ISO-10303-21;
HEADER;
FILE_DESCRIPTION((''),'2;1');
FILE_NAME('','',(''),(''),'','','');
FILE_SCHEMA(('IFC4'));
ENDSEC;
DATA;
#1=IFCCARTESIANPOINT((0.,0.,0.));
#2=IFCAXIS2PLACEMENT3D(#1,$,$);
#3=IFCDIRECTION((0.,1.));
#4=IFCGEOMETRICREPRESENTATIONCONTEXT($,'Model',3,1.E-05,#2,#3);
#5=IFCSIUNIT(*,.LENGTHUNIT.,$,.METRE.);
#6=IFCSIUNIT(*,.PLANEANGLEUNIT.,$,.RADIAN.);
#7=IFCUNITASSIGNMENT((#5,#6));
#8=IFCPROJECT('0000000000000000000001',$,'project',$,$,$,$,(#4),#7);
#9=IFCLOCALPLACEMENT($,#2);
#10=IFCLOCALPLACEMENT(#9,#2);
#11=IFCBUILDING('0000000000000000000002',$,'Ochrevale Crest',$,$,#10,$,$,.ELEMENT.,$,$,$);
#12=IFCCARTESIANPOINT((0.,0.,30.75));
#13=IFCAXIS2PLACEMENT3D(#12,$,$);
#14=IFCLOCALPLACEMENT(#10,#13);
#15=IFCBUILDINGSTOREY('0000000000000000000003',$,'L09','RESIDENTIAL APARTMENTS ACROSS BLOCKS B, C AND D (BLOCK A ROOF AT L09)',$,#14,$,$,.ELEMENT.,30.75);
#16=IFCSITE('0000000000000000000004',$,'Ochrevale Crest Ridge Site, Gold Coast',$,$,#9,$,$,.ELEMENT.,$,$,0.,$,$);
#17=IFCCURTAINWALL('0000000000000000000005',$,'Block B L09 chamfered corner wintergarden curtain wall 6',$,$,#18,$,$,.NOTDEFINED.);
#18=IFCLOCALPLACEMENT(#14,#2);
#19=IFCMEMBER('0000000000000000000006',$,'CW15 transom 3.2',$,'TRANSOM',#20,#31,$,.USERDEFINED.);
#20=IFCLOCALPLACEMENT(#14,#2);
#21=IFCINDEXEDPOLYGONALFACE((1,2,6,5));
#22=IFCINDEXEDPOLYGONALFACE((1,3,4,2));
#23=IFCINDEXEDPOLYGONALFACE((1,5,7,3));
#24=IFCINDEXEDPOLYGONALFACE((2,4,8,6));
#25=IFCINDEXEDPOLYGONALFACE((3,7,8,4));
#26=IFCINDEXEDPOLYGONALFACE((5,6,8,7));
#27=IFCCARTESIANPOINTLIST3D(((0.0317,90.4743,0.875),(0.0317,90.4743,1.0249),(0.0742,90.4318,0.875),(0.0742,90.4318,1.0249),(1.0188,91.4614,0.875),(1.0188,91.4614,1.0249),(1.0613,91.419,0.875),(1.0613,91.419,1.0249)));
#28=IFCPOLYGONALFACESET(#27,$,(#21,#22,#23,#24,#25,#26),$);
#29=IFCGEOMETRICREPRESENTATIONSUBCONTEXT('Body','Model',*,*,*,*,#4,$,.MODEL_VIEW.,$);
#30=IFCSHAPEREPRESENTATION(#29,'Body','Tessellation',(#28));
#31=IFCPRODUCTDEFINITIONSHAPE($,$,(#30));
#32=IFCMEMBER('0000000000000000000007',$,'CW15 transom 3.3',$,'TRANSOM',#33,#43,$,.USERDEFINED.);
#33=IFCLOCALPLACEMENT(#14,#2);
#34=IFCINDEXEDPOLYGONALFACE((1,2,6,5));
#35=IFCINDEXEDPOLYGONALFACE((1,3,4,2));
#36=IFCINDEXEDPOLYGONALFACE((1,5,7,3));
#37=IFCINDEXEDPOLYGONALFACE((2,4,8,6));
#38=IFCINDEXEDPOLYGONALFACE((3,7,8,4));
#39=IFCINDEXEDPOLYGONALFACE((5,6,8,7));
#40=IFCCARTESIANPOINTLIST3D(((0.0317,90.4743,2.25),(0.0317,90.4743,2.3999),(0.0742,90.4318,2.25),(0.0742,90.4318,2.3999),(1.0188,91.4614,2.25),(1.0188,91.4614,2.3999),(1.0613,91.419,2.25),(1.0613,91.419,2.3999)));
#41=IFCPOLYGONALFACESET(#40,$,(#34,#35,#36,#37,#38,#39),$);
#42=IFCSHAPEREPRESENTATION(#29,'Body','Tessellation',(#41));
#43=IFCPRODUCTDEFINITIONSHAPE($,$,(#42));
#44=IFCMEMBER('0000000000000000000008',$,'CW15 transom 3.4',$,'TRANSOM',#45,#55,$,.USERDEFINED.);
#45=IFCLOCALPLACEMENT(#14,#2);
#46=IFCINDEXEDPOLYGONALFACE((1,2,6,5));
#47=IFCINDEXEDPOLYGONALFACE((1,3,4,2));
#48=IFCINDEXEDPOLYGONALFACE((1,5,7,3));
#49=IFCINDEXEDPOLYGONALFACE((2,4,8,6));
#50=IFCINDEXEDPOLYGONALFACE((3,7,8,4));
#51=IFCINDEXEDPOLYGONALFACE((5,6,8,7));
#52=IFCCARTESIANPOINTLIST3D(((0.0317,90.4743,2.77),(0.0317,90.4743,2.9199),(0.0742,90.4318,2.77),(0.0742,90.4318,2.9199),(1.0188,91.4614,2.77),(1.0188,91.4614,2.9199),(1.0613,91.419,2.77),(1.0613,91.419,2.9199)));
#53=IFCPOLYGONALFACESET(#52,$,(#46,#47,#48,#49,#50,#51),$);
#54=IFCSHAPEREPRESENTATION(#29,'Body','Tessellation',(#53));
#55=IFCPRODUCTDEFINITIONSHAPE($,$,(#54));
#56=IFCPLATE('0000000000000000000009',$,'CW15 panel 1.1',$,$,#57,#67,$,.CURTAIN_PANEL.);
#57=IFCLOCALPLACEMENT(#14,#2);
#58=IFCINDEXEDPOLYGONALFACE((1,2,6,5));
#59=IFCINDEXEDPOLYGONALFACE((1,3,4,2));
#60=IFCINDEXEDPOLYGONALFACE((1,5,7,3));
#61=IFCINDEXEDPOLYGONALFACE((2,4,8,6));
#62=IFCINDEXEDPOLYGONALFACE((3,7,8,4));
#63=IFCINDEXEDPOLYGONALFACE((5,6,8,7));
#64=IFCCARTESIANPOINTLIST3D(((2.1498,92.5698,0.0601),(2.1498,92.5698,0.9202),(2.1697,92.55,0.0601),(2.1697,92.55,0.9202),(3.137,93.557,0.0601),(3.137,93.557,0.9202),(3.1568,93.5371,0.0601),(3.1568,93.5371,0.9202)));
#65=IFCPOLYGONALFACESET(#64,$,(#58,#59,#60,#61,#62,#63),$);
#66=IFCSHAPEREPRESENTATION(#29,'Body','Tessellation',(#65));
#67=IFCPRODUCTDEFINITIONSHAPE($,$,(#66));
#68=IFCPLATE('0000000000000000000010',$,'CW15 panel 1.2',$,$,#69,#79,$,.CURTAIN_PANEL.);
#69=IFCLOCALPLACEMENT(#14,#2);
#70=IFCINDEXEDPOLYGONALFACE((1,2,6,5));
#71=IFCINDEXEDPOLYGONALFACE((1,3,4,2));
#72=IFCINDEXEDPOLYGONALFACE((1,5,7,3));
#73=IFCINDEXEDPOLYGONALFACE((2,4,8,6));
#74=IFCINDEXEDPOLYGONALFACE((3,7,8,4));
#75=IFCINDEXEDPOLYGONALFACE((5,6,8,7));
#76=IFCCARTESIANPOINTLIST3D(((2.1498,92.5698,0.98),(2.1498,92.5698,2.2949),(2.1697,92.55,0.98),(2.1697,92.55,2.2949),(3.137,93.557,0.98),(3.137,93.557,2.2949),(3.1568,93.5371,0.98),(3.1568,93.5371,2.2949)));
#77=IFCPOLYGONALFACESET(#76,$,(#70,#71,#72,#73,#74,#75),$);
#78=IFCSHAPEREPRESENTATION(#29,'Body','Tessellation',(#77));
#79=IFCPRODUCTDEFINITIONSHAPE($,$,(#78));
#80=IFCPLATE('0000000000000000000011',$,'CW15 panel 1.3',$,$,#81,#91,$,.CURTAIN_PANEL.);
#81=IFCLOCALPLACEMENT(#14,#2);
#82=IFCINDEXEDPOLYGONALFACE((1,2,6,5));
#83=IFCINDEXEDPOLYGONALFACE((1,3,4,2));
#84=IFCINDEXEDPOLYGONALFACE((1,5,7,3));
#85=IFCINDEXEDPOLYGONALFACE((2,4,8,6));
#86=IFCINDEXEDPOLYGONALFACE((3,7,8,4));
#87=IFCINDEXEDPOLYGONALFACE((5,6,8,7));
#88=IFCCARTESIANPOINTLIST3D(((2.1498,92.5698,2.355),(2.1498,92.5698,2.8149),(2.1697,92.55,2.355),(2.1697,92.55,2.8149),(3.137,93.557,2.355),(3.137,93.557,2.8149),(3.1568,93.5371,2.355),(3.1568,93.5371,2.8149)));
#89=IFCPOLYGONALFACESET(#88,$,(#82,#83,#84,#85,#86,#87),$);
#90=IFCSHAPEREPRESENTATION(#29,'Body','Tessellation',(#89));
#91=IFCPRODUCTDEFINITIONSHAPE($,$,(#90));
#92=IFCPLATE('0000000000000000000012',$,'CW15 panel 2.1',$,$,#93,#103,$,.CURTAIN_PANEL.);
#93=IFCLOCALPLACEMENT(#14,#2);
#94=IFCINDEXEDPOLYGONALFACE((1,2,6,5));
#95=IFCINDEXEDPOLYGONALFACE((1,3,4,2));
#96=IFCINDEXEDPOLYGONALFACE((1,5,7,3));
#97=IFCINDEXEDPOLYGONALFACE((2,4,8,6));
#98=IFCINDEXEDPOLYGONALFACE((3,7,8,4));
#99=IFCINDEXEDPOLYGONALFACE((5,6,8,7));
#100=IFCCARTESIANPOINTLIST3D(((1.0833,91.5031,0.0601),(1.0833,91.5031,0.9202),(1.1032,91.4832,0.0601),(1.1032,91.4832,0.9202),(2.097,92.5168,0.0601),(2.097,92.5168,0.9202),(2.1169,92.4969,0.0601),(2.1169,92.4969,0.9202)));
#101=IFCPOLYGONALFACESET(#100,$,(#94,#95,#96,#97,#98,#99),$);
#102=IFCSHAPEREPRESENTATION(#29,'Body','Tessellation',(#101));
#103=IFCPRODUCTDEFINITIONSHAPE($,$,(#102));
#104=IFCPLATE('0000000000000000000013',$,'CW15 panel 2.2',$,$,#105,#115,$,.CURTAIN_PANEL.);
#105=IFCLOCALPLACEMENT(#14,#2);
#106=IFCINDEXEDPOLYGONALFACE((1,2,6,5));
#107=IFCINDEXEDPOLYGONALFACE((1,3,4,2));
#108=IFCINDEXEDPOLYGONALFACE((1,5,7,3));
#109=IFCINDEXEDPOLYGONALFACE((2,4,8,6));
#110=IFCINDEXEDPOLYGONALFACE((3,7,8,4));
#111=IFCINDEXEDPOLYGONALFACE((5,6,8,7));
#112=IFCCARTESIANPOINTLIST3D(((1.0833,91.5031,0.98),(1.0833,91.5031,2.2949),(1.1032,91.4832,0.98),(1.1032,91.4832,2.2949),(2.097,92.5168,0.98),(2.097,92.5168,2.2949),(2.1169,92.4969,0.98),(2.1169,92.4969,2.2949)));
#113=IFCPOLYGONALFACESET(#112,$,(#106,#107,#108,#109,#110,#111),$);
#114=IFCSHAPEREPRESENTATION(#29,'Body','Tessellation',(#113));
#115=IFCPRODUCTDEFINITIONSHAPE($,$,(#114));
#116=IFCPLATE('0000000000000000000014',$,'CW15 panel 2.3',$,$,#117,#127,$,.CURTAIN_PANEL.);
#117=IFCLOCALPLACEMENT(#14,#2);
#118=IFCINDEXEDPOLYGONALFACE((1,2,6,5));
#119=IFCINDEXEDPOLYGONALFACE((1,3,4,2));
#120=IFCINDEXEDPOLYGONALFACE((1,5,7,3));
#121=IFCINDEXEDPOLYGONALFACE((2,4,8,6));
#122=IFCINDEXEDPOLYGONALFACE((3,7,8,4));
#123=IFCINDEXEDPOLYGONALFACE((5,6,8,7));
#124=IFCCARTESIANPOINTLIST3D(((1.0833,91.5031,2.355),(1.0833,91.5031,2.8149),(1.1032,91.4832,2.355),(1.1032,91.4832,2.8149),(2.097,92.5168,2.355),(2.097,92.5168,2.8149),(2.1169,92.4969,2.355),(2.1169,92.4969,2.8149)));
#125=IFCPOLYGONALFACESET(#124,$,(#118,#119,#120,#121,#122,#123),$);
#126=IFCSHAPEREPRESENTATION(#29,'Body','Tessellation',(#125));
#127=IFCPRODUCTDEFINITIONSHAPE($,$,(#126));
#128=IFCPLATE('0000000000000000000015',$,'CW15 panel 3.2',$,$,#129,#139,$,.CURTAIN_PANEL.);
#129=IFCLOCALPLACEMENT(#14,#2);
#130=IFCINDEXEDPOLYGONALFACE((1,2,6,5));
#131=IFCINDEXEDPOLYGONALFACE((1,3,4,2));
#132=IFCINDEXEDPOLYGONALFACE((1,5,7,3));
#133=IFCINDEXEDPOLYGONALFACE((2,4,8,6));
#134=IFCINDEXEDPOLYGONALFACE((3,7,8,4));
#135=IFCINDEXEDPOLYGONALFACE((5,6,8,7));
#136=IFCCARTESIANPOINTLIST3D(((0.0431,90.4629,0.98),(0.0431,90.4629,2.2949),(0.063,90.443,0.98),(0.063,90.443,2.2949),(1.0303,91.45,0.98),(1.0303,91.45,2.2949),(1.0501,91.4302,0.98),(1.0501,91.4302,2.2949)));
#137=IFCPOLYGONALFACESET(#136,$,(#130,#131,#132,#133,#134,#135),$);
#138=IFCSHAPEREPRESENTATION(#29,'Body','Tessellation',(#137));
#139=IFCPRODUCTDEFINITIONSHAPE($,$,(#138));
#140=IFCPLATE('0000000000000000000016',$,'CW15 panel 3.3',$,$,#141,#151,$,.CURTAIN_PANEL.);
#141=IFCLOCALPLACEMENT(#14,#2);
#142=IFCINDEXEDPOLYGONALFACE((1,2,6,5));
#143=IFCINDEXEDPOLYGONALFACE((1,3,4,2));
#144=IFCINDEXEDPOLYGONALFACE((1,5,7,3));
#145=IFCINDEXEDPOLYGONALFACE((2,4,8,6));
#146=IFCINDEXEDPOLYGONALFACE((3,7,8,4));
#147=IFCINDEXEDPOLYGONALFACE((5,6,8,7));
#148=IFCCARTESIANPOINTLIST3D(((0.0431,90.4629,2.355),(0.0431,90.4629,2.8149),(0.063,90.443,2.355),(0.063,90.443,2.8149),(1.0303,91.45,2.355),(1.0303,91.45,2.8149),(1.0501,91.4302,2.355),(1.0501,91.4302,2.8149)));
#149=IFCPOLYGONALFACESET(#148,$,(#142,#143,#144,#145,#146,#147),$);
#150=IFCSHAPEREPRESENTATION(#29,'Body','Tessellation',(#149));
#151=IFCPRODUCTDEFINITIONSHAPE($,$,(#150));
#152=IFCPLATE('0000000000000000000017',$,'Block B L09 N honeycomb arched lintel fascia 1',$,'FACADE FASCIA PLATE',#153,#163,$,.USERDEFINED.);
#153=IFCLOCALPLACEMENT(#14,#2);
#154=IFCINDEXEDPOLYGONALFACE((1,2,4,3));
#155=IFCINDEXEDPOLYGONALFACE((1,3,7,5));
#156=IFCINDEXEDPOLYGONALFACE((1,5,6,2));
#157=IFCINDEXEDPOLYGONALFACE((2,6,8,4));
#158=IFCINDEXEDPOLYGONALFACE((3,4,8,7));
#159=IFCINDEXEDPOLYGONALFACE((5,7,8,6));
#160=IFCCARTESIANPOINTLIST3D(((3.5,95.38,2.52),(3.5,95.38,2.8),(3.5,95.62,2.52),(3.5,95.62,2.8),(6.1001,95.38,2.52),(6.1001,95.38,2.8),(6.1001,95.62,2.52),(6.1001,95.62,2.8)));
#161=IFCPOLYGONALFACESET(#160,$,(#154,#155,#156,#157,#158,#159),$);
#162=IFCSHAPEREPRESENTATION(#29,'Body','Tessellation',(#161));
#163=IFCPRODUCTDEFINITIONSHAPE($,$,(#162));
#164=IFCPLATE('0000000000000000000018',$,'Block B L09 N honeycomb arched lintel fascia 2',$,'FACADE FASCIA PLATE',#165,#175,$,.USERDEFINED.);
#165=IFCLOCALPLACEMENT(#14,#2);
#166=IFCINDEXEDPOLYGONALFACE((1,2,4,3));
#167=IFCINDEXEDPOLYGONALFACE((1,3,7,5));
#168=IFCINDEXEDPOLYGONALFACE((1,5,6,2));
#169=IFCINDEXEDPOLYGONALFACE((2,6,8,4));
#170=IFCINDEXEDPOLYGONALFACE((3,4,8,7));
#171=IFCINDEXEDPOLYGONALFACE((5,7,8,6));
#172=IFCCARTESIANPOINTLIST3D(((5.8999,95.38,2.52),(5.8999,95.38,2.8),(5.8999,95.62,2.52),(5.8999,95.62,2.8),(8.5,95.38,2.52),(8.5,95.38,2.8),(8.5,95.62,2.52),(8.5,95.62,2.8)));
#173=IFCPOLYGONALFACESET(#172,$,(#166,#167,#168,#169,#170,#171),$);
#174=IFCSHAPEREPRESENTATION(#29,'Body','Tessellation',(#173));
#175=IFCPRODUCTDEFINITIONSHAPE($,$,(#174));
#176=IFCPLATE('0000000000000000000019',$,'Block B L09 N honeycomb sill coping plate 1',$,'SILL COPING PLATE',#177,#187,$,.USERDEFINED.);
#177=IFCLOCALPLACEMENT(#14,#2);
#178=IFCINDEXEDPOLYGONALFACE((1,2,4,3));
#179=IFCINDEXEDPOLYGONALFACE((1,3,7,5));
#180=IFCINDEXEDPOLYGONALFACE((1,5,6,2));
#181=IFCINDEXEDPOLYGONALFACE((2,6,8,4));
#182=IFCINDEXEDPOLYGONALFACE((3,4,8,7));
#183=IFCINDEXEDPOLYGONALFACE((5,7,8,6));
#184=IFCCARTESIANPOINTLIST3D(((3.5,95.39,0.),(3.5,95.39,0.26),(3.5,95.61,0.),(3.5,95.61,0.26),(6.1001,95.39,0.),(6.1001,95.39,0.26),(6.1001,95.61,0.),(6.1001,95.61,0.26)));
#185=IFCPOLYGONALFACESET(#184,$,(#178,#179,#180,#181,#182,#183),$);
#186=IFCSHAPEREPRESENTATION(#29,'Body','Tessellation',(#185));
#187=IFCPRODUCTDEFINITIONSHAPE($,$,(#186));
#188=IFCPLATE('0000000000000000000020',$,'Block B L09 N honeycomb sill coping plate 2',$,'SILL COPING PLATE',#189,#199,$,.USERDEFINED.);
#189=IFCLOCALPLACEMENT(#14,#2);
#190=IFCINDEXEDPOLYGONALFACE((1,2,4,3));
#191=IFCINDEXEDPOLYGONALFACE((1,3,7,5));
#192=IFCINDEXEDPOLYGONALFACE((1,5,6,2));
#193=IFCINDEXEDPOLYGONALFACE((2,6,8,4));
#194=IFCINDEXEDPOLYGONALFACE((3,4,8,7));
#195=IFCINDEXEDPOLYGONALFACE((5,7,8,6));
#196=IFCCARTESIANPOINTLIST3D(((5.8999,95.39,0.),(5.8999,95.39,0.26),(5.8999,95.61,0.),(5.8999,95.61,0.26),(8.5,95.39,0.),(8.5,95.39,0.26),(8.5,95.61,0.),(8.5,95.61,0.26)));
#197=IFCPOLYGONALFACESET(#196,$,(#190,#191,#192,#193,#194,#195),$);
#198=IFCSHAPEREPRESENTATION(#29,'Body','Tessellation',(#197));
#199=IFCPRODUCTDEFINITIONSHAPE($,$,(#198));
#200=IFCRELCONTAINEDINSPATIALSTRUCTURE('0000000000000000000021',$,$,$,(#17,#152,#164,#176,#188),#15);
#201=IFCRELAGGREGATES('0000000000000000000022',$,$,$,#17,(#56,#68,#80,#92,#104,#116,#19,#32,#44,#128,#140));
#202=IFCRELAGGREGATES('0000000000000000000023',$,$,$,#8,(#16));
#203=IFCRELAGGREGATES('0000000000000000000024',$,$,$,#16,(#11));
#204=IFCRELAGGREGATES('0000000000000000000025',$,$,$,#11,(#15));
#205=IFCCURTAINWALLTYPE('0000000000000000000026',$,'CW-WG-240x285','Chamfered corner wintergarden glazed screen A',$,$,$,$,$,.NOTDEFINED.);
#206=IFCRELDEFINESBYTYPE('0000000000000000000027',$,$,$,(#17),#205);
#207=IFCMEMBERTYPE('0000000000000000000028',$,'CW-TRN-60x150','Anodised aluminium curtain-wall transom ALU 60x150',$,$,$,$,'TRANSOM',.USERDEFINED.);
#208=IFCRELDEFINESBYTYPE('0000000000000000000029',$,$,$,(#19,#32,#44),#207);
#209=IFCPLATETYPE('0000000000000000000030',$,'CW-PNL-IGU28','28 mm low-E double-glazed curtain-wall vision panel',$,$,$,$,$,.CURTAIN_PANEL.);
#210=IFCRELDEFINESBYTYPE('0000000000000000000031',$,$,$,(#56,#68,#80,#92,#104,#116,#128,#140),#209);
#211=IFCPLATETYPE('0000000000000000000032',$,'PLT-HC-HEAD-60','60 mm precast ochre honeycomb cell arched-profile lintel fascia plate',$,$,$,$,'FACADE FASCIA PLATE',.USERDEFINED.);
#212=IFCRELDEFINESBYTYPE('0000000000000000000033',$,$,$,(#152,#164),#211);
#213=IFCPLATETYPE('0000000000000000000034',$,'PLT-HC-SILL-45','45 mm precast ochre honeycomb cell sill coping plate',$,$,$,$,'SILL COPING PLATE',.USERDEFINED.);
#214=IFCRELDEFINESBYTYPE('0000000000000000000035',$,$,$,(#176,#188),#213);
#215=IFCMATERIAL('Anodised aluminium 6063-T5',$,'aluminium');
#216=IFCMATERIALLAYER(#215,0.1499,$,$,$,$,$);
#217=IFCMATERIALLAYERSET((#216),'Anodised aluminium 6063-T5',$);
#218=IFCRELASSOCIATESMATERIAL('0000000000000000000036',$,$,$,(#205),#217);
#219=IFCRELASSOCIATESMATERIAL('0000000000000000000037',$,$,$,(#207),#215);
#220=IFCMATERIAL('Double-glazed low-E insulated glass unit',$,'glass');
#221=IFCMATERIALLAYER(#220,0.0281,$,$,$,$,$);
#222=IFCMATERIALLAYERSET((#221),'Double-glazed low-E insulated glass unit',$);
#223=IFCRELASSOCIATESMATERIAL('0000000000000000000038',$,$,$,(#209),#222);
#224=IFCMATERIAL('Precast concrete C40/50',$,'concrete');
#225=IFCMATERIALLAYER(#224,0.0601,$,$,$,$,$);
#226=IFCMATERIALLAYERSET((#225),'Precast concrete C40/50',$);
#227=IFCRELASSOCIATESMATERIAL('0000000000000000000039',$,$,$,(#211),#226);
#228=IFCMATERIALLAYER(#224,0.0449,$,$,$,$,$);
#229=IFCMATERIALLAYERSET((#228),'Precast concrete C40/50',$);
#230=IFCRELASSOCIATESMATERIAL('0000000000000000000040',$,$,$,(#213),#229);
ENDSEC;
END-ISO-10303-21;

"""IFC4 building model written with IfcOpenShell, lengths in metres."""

from ifc_helpers import new_model, si_unit, direction, frame, origin, origin_2d, place, context, subcontext, project, spatial, rectangle, extrude, material, layer, layer_set, material_profile, profile_set, type_object, element, aggregate, save


model = new_model("IFC4")

# Units and contexts
model_context = context("Model", 3, precision=1e-05, world=origin(), true_north=direction((0.0, 1.0)))
body_context = subcontext(model_context, "Body", "Model", "MODEL_VIEW")
ifc_project = project(units=[si_unit("LENGTHUNIT", "METRE"), si_unit("PLANEANGLEUNIT", "RADIAN")], contexts=[model_context])

# Site, building, storey
site_placement = place(None, origin())
site = spatial("IfcSite", under=ifc_project, at=site_placement, Name="Ochrevale Crest Ridge Site, Gold Coast", CompositionType="ELEMENT", RefElevation=0.0)
building_placement = place(site_placement, origin())
building = spatial("IfcBuilding", under=site, at=building_placement, Name="Ochrevale Crest", CompositionType="ELEMENT")
storey_placement = place(building_placement, frame((0.0, 0.0, 30.75)))
storey = spatial("IfcBuildingStorey", under=building, at=storey_placement, Name="L09", Description="RESIDENTIAL APARTMENTS ACROSS BLOCKS B, C AND D (BLOCK A ROOF AT L09)", CompositionType="ELEMENT", Elevation=30.75)

# Shared definitions
ifc_material_1 = material(Name="Precast concrete C40/50", Category="concrete")

# Curtain wall, members, plates
ifc_material_2 = material(Name="Anodised aluminium 6063-T5", Category="aluminium")
ifc_layer_1 = layer(ifc_material_2, 0.1499)
ifc_layer_set_1 = layer_set([ifc_layer_1], Name="Anodised aluminium 6063-T5")
curtain_wall_type = type_object("IfcCurtainWallType", Name="CW-WG-240x285", Description="Chamfered corner wintergarden glazed screen A", PredefinedType="NOTDEFINED", material=ifc_layer_set_1)
curtain_wall_placement = place(storey_placement, origin())
curtain_wall = element("IfcCurtainWall", 1, at=curtain_wall_placement, inside=storey, type_object=curtain_wall_type, Name="Block B L09 chamfered corner wintergarden curtain wall 6", PredefinedType="NOTDEFINED")
ifc_material_profile_1 = material_profile(ifc_material_2, rectangle(XDim=0.0601, YDim=0.1499, at=origin_2d()), Name="ALU 60x150")
ifc_profile_set_1 = profile_set([ifc_material_profile_1], Name="Anodised aluminium 6063-T5")
member_type_1 = type_object("IfcMemberType", Name="CW-TRN-60x150", Description="Anodised aluminium curtain-wall transom ALU 60x150", ElementType="TRANSOM", PredefinedType="USERDEFINED", material=ifc_profile_set_1)
member_1_placement = place(storey_placement, frame((1.04, 91.4402, 0.95), z_axis=(-0.707107, -0.707107, 0.0), x_axis=(0.707107, -0.707107, 0.0)))
member_1 = element("IfcMember", 2, at=member_1_placement, type_object=member_type_1, Name="CW15 transom 3.2", ObjectType="TRANSOM", PredefinedType="USERDEFINED", context=body_context, shape_type="SweptSolid", body=[
    extrude(rectangle(XDim=0.0601, YDim=0.1499, at=origin_2d()), origin(), (0.0, 0.0, 1.0), 1.396),
])
member_2_placement = place(storey_placement, frame((1.04, 91.4402, 2.325), z_axis=(-0.707107, -0.707107, 0.0), x_axis=(0.707107, -0.707107, 0.0)))
member_2 = element("IfcMember", 3, at=member_2_placement, type_object=member_type_1, Name="CW15 transom 3.3", ObjectType="TRANSOM", PredefinedType="USERDEFINED", context=body_context, shape_type="SweptSolid", body=[
    extrude(rectangle(XDim=0.0601, YDim=0.1499, at=origin_2d()), origin(), (0.0, 0.0, 1.0), 1.396),
])
member_3_placement = place(storey_placement, frame((1.04, 91.4402, 2.845), z_axis=(-0.707107, -0.707107, 0.0), x_axis=(0.707107, -0.707107, 0.0)))
member_3 = element("IfcMember", 4, at=member_3_placement, type_object=member_type_1, Name="CW15 transom 3.4", ObjectType="TRANSOM", PredefinedType="USERDEFINED", context=body_context, shape_type="SweptSolid", body=[
    extrude(rectangle(XDim=0.0601, YDim=0.1499, at=origin_2d()), origin(), (0.0, 0.0, 1.0), 1.396),
])
ifc_material_3 = material(Name="Double-glazed low-E insulated glass unit", Category="glass")
ifc_layer_2 = layer(ifc_material_3, 0.0281)
ifc_layer_set_2 = layer_set([ifc_layer_2], Name="Double-glazed low-E insulated glass unit")
plate_type_1 = type_object("IfcPlateType", Name="CW-PNL-IGU28", Description="28 mm low-E double-glazed curtain-wall vision panel", PredefinedType="CURTAIN_PANEL", material=ifc_layer_set_2)
plate_1_placement = place(storey_placement, frame((2.6533, 93.0535, 0.0601), z_axis=(0.0, 0.0, 1.0), x_axis=(-0.707107, -0.707107, 0.0)))
plate_1 = element("IfcPlate", 5, at=plate_1_placement, type_object=plate_type_1, Name="CW15 panel 1.1", PredefinedType="CURTAIN_PANEL", context=body_context, shape_type="SweptSolid", body=[
    extrude(rectangle(XDim=1.396, YDim=0.0281, at=origin_2d()), origin(), (0.0, 0.0, 1.0), 0.8601),
])
plate_2_placement = place(storey_placement, frame((2.6533, 93.0535, 0.98), z_axis=(0.0, 0.0, 1.0), x_axis=(-0.707107, -0.707107, 0.0)))
plate_2 = element("IfcPlate", 6, at=plate_2_placement, type_object=plate_type_1, Name="CW15 panel 1.2", PredefinedType="CURTAIN_PANEL", context=body_context, shape_type="SweptSolid", body=[
    extrude(rectangle(XDim=1.396, YDim=0.0281, at=origin_2d()), origin(), (0.0, 0.0, 1.0), 1.3149),
])
plate_3_placement = place(storey_placement, frame((2.6533, 93.0535, 2.355), z_axis=(0.0, 0.0, 1.0), x_axis=(-0.707107, -0.707107, 0.0)))
plate_3 = element("IfcPlate", 7, at=plate_3_placement, type_object=plate_type_1, Name="CW15 panel 1.3", PredefinedType="CURTAIN_PANEL", context=body_context, shape_type="SweptSolid", body=[
    extrude(rectangle(XDim=1.396, YDim=0.0281, at=origin_2d()), origin(), (0.0, 0.0, 1.0), 0.46),
])
plate_4_placement = place(storey_placement, frame((1.6001, 92.0, 0.0601), z_axis=(0.0, 0.0, 1.0), x_axis=(-0.707107, -0.707107, 0.0)))
plate_4 = element("IfcPlate", 8, at=plate_4_placement, type_object=plate_type_1, Name="CW15 panel 2.1", PredefinedType="CURTAIN_PANEL", context=body_context, shape_type="SweptSolid", body=[
    extrude(rectangle(XDim=1.4336, YDim=0.0281, at=origin_2d()), origin(), (0.0, 0.0, 1.0), 0.8601),
])
plate_5_placement = place(storey_placement, frame((1.6001, 92.0, 0.98), z_axis=(0.0, 0.0, 1.0), x_axis=(-0.707107, -0.707107, 0.0)))
plate_5 = element("IfcPlate", 9, at=plate_5_placement, type_object=plate_type_1, Name="CW15 panel 2.2", PredefinedType="CURTAIN_PANEL", context=body_context, shape_type="SweptSolid", body=[
    extrude(rectangle(XDim=1.4336, YDim=0.0281, at=origin_2d()), origin(), (0.0, 0.0, 1.0), 1.3149),
])
plate_6_placement = place(storey_placement, frame((1.6001, 92.0, 2.355), z_axis=(0.0, 0.0, 1.0), x_axis=(-0.707107, -0.707107, 0.0)))
plate_6 = element("IfcPlate", 10, at=plate_6_placement, type_object=plate_type_1, Name="CW15 panel 2.3", PredefinedType="CURTAIN_PANEL", context=body_context, shape_type="SweptSolid", body=[
    extrude(rectangle(XDim=1.4336, YDim=0.0281, at=origin_2d()), origin(), (0.0, 0.0, 1.0), 0.46),
])
plate_7_placement = place(storey_placement, frame((0.5466, 90.9465, 0.98), z_axis=(0.0, 0.0, 1.0), x_axis=(-0.707107, -0.707107, 0.0)))
plate_7 = element("IfcPlate", 11, at=plate_7_placement, type_object=plate_type_1, Name="CW15 panel 3.2", PredefinedType="CURTAIN_PANEL", context=body_context, shape_type="SweptSolid", body=[
    extrude(rectangle(XDim=1.396, YDim=0.0281, at=origin_2d()), origin(), (0.0, 0.0, 1.0), 1.3149),
])
plate_8_placement = place(storey_placement, frame((0.5466, 90.9465, 2.355), z_axis=(0.0, 0.0, 1.0), x_axis=(-0.707107, -0.707107, 0.0)))
plate_8 = element("IfcPlate", 12, at=plate_8_placement, type_object=plate_type_1, Name="CW15 panel 3.3", PredefinedType="CURTAIN_PANEL", context=body_context, shape_type="SweptSolid", body=[
    extrude(rectangle(XDim=1.396, YDim=0.0281, at=origin_2d()), origin(), (0.0, 0.0, 1.0), 0.46),
])
aggregate(curtain_wall, [plate_1, plate_2, plate_3, plate_4, plate_5, plate_6, member_1, member_2, member_3, plate_7, plate_8])

# Plates
ifc_layer_3 = layer(ifc_material_1, 0.0601)
ifc_layer_set_3 = layer_set([ifc_layer_3], Name="Precast concrete C40/50")
plate_type_2 = type_object("IfcPlateType", Name="PLT-HC-HEAD-60", Description="60 mm precast ochre honeycomb cell arched-profile lintel fascia plate", ElementType="FACADE FASCIA PLATE", PredefinedType="USERDEFINED", material=ifc_layer_set_3)
for number, where, z_axis, x_axis, name in (
    (13, (4.8, 95.5, 2.52), (0.0, 0.0, 1.0), (1.0, 0.0, 0.0), "Block B L09 N honeycomb arched lintel fascia 1"),
    (14, (7.2, 95.5, 2.52), (0.0, 0.0, 1.0), (1.0, 0.0, 0.0), "Block B L09 N honeycomb arched lintel fascia 2"),
):
    element("IfcPlate", number, at=place(storey_placement, frame(where, z_axis=z_axis, x_axis=x_axis)), inside=storey, type_object=plate_type_2, Name=name, ObjectType="FACADE FASCIA PLATE", PredefinedType="USERDEFINED", context=body_context, shape_type="SweptSolid", body=[
        extrude(rectangle(XDim=2.6001, YDim=0.24, at=origin_2d()), origin(), (0.0, 0.0, 1.0), 0.28),
    ])
ifc_layer_4 = layer(ifc_material_1, 0.0449)
ifc_layer_set_4 = layer_set([ifc_layer_4], Name="Precast concrete C40/50")
plate_type_3 = type_object("IfcPlateType", Name="PLT-HC-SILL-45", Description="45 mm precast ochre honeycomb cell sill coping plate", ElementType="SILL COPING PLATE", PredefinedType="USERDEFINED", material=ifc_layer_set_4)
for number, where, z_axis, x_axis, name in (
    (15, (4.8, 95.5, 0.0), (0.0, 0.0, 1.0), (1.0, 0.0, 0.0), "Block B L09 N honeycomb sill coping plate 1"),
    (16, (7.2, 95.5, 0.0), (0.0, 0.0, 1.0), (1.0, 0.0, 0.0), "Block B L09 N honeycomb sill coping plate 2"),
):
    element("IfcPlate", number, at=place(storey_placement, frame(where, z_axis=z_axis, x_axis=x_axis)), inside=storey, type_object=plate_type_3, Name=name, ObjectType="SILL COPING PLATE", PredefinedType="USERDEFINED", context=body_context, shape_type="SweptSolid", body=[
        extrude(rectangle(XDim=2.6001, YDim=0.22, at=origin_2d()), origin(), (0.0, 0.0, 1.0), 0.26),
    ])

save(model, "model.ifc")
